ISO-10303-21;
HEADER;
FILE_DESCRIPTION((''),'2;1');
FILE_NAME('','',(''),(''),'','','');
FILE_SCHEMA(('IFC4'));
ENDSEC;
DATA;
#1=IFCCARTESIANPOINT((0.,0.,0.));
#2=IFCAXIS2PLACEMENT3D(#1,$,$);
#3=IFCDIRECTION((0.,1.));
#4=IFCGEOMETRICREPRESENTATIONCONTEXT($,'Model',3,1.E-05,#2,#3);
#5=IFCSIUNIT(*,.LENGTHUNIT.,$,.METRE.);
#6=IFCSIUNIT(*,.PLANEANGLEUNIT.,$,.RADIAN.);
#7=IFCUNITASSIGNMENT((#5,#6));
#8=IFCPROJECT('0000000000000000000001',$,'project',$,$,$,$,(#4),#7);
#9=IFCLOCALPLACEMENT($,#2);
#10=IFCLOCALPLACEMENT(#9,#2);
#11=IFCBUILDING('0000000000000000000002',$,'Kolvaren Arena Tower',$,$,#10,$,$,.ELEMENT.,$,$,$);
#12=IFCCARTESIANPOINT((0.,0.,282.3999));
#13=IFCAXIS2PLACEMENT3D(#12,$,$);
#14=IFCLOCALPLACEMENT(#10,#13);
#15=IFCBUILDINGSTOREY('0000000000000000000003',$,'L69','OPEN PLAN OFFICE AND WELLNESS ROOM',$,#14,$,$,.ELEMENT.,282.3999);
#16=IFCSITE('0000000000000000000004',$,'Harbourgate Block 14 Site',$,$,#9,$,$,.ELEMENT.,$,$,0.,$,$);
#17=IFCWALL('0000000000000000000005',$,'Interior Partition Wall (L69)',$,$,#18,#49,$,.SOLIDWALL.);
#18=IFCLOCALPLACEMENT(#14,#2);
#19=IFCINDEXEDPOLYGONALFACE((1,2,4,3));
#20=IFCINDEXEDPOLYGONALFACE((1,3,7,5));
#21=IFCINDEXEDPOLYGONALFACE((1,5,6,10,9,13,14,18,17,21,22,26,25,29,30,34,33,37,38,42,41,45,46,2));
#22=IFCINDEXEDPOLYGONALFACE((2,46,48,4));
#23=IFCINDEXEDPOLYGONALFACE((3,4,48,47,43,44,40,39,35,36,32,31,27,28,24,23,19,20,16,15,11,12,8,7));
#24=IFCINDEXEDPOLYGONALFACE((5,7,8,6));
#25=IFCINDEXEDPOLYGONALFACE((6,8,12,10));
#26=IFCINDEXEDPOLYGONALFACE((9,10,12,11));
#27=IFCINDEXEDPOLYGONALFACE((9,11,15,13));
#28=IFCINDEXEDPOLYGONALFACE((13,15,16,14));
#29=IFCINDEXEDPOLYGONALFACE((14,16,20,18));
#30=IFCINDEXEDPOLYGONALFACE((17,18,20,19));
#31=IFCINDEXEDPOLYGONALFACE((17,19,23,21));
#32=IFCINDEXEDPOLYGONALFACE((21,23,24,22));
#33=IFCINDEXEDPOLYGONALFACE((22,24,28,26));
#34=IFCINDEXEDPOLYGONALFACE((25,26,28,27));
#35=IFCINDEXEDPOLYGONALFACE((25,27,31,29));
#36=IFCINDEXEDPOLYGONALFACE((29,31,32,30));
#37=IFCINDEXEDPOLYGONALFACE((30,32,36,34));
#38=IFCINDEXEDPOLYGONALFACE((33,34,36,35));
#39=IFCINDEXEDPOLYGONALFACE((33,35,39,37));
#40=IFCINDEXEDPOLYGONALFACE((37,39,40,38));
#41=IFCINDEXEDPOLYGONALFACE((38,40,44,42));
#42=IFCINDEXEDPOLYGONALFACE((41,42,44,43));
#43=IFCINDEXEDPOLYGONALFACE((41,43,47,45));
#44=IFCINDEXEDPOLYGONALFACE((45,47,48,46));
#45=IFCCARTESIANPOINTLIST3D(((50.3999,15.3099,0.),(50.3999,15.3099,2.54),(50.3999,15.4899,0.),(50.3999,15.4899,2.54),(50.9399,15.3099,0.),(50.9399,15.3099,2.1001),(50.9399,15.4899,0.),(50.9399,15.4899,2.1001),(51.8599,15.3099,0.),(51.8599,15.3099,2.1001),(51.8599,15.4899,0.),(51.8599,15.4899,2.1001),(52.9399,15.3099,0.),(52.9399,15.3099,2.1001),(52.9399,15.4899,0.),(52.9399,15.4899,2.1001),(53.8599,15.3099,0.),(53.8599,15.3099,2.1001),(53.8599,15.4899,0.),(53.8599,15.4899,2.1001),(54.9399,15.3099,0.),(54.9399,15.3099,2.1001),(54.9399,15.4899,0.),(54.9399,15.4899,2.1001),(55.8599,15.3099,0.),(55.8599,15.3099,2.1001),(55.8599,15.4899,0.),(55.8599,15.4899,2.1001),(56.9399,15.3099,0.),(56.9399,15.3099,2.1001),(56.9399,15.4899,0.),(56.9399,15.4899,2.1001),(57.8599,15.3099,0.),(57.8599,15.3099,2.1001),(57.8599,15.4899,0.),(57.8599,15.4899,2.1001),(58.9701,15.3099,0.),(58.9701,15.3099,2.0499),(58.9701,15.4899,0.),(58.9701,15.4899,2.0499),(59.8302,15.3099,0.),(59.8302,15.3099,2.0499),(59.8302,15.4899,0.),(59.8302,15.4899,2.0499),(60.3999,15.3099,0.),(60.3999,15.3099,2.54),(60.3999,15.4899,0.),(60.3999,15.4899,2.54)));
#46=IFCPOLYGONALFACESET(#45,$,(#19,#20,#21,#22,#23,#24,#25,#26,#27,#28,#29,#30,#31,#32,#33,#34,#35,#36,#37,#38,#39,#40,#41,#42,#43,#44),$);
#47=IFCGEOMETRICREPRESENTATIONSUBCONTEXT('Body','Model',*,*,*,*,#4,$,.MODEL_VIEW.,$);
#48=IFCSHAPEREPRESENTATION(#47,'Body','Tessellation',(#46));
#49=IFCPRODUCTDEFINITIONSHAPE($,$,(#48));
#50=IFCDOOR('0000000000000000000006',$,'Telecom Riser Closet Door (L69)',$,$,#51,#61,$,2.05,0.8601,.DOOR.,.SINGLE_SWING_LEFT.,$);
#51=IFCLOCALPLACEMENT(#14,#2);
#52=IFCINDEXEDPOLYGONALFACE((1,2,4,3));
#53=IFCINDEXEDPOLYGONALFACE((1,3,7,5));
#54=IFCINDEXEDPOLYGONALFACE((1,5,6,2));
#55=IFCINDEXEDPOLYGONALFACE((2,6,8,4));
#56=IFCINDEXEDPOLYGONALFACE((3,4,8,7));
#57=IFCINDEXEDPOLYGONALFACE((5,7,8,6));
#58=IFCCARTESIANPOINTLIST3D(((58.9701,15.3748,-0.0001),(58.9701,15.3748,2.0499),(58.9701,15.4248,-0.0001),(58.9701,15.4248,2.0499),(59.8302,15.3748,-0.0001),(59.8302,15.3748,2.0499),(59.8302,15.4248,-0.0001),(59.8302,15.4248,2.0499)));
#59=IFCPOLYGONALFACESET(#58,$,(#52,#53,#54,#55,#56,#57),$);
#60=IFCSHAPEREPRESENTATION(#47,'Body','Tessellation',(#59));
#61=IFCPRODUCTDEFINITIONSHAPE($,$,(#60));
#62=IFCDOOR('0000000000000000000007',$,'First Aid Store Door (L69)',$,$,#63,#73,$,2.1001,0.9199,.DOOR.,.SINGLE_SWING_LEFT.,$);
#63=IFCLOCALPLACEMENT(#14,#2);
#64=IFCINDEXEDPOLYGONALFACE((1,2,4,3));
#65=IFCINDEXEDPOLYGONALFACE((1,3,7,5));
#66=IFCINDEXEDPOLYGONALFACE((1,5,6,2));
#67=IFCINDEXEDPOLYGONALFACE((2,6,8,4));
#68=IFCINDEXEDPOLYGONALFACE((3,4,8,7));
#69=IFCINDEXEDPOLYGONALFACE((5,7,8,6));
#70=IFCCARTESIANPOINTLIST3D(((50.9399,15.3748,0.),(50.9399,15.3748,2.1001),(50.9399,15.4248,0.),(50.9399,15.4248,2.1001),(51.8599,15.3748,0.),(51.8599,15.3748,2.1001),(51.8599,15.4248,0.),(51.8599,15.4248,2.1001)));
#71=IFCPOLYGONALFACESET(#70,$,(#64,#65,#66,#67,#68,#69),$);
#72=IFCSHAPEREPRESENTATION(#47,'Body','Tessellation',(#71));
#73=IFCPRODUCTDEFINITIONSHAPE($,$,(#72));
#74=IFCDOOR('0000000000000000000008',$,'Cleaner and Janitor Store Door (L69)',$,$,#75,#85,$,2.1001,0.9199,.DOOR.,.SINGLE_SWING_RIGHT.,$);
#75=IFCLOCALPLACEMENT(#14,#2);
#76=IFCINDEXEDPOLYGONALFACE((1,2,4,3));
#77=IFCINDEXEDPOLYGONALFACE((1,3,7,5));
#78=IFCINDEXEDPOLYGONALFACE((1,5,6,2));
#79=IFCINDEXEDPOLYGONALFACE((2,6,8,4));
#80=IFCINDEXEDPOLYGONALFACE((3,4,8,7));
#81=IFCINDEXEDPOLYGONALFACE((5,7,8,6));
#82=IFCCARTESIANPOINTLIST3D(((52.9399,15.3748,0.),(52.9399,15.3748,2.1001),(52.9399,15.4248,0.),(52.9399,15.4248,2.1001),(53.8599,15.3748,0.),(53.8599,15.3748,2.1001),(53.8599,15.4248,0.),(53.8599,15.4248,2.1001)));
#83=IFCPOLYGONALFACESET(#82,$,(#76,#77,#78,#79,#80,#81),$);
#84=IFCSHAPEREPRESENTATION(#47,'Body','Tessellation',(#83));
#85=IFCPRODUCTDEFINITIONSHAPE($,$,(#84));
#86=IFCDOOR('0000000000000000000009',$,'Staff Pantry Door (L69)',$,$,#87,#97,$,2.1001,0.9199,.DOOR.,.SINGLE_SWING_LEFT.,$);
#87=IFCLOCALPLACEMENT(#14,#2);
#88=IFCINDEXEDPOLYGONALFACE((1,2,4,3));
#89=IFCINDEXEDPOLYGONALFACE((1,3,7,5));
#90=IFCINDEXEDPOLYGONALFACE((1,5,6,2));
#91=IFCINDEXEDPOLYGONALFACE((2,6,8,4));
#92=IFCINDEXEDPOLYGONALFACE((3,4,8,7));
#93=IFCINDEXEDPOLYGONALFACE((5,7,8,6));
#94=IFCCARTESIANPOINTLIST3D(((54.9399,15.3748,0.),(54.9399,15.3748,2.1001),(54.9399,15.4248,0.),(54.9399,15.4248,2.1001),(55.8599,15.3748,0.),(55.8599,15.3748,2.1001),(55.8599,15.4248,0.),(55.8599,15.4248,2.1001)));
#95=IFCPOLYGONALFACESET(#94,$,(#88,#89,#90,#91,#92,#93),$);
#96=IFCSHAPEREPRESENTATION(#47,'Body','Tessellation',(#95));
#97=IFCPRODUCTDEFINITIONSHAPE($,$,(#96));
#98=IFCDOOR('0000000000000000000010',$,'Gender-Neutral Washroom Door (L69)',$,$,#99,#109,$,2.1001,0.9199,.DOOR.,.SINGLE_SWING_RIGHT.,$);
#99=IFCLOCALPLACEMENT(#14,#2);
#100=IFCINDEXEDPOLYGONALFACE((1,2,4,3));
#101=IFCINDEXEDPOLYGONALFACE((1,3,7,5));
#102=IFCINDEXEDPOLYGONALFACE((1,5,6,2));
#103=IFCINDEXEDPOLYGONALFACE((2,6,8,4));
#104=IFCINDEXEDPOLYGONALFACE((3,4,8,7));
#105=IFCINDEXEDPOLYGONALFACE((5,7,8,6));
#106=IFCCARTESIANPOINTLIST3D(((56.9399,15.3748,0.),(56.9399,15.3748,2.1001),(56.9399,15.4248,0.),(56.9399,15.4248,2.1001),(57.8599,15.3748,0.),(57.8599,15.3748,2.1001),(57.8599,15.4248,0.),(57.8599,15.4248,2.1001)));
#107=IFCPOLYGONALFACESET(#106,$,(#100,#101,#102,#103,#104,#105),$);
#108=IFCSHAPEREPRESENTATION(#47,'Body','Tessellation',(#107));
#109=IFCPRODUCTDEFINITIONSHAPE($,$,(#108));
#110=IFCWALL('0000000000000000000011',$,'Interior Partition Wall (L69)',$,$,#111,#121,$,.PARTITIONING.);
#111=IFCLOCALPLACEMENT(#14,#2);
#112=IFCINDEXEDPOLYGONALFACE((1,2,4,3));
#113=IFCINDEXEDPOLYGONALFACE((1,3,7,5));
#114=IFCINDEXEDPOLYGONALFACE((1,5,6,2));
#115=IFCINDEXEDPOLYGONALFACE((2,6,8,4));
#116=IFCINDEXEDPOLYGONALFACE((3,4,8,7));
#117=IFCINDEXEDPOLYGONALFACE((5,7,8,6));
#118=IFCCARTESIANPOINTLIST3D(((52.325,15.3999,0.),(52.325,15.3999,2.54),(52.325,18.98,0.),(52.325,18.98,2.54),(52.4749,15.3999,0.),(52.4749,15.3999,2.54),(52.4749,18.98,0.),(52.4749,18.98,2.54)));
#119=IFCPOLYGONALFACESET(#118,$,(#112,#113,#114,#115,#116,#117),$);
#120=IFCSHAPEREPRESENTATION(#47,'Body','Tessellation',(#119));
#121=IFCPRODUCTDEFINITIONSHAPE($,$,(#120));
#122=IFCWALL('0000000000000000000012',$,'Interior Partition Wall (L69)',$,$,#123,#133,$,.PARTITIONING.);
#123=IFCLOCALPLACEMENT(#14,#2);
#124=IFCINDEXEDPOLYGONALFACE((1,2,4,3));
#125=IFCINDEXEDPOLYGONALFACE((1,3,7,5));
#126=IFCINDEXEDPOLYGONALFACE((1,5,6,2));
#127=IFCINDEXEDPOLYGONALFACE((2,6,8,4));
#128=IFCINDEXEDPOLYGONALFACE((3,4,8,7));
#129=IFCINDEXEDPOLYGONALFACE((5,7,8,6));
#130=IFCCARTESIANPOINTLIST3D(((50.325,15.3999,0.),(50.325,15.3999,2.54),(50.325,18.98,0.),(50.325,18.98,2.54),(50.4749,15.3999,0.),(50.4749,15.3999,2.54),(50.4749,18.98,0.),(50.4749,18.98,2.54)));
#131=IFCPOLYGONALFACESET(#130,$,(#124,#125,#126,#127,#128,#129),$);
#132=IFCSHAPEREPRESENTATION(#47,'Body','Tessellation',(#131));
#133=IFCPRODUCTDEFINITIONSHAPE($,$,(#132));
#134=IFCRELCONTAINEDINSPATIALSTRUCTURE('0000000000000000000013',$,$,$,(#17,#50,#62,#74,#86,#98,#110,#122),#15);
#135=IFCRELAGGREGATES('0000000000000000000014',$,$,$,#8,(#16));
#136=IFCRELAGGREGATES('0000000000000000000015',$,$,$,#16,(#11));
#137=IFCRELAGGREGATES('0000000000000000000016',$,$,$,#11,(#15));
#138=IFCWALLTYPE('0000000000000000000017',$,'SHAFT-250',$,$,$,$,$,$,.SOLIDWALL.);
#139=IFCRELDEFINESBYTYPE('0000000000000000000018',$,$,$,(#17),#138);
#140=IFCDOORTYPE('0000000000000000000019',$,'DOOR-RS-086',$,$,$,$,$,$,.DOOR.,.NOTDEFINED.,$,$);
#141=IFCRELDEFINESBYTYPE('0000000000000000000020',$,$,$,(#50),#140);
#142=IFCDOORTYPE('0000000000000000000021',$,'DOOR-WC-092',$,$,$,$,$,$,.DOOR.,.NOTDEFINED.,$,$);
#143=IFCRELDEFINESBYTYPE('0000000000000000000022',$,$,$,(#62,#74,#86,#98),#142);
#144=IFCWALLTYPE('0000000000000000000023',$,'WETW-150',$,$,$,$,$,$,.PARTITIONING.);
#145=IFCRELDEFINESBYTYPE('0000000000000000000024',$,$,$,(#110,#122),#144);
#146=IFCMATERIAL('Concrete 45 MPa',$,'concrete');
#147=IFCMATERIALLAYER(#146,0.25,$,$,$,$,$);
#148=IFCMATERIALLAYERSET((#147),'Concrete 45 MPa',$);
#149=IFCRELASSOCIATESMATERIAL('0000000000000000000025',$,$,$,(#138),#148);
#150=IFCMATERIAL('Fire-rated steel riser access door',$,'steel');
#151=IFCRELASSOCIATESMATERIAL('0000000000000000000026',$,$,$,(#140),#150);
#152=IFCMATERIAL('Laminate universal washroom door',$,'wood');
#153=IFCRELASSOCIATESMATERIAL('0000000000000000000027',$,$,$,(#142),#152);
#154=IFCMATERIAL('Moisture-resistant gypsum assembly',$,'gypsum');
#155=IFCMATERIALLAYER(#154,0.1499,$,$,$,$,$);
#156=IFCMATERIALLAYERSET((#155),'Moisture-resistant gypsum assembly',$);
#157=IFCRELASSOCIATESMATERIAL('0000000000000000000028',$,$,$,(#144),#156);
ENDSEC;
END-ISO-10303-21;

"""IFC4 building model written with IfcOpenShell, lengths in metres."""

from ifc_helpers import new_model, si_unit, direction, frame, frame_2d, origin, place, context, subcontext, project, spatial, rectangle, extrude, material, layer, layer_set, type_object, element, fill, save


model = new_model("IFC4")

# Units and contexts
model_context = context("Model", 3, precision=1e-05, world=origin(), true_north=direction((0.0, 1.0)))
body_context = subcontext(model_context, "Body", "Model", "MODEL_VIEW")
ifc_project = project(units=[si_unit("LENGTHUNIT", "METRE"), si_unit("PLANEANGLEUNIT", "RADIAN")], contexts=[model_context])

# Site, building, storey
site_placement = place(None, origin())
site = spatial("IfcSite", under=ifc_project, at=site_placement, Name="Harbourgate Block 14 Site", CompositionType="ELEMENT", RefElevation=0.0)
building_placement = place(site_placement, origin())
building = spatial("IfcBuilding", under=site, at=building_placement, Name="Kolvaren Arena Tower", CompositionType="ELEMENT")
storey_placement = place(building_placement, frame((0.0, 0.0, 282.3999)))
storey = spatial("IfcBuildingStorey", under=building, at=storey_placement, Name="L69", Description="OPEN PLAN OFFICE AND WELLNESS ROOM", CompositionType="ELEMENT", Elevation=282.3999)

# Wall, openings, doors
ifc_material_1 = material(Name="Concrete 45 MPa", Category="concrete")
ifc_layer_1 = layer(ifc_material_1, 0.25)
ifc_layer_set_1 = layer_set([ifc_layer_1], Name="Concrete 45 MPa")
wall_type_1 = type_object("IfcWallType", Name="SHAFT-250", PredefinedType="SOLIDWALL", material=ifc_layer_set_1)
wall_1_placement = place(storey_placement, frame((50.3999, 15.3999, 0.0), z_axis=(0.0, 0.0, 1.0), x_axis=(1.0, 0.0, 0.0)))
wall_1 = element("IfcWall", 1, at=wall_1_placement, inside=storey, type_object=wall_type_1, Name="Interior Partition Wall (L69)", PredefinedType="SOLIDWALL", context=body_context, shape_type="SweptSolid", body=[
    extrude(rectangle(XDim=10.0, YDim=0.1799, at=frame_2d((5.0, 0.0))), origin(), (0.0, 0.0, 1.0), 2.54),
])
opening_1_placement = place(wall_1_placement, frame((0.54, 0.0, 0.0)))
opening_1 = element("IfcOpeningElement", 2, at=opening_1_placement, cuts=wall_1, PredefinedType="OPENING", context=body_context, shape_type="SweptSolid", body=[
    extrude(rectangle(XDim=0.9199, YDim=2.1001, at=frame_2d((0.46, 1.05))), frame((0.0, 0.0999, 0.0), z_axis=(0.0, -1.0, 0.0), x_axis=(1.0, 0.0, 0.0)), (0.0, 0.0, 1.0), 0.2),
])
opening_2_placement = place(wall_1_placement, frame((2.54, 0.0, 0.0)))
opening_2 = element("IfcOpeningElement", 3, at=opening_2_placement, cuts=wall_1, PredefinedType="OPENING", context=body_context, shape_type="SweptSolid", body=[
    extrude(rectangle(XDim=0.9199, YDim=2.1001, at=frame_2d((0.46, 1.05))), frame((0.0, 0.0999, 0.0), z_axis=(0.0, -1.0, 0.0), x_axis=(1.0, 0.0, 0.0)), (0.0, 0.0, 1.0), 0.2),
])
opening_3_placement = place(wall_1_placement, frame((4.54, 0.0, 0.0)))
opening_3 = element("IfcOpeningElement", 4, at=opening_3_placement, cuts=wall_1, PredefinedType="OPENING", context=body_context, shape_type="SweptSolid", body=[
    extrude(rectangle(XDim=0.9199, YDim=2.1001, at=frame_2d((0.46, 1.05))), frame((0.0, 0.0999, 0.0), z_axis=(0.0, -1.0, 0.0), x_axis=(1.0, 0.0, 0.0)), (0.0, 0.0, 1.0), 0.2),
])
opening_4_placement = place(wall_1_placement, frame((6.54, 0.0, 0.0)))
opening_4 = element("IfcOpeningElement", 5, at=opening_4_placement, cuts=wall_1, PredefinedType="OPENING", context=body_context, shape_type="SweptSolid", body=[
    extrude(rectangle(XDim=0.9199, YDim=2.1001, at=frame_2d((0.46, 1.05))), frame((0.0, 0.0999, 0.0), z_axis=(0.0, -1.0, 0.0), x_axis=(1.0, 0.0, 0.0)), (0.0, 0.0, 1.0), 0.2),
])
opening_5_placement = place(wall_1_placement, frame((8.5701, 0.0, 0.0)))
opening_5 = element("IfcOpeningElement", 6, at=opening_5_placement, cuts=wall_1, PredefinedType="OPENING", context=body_context, shape_type="SweptSolid", body=[
    extrude(rectangle(XDim=0.8601, YDim=2.05, at=frame_2d((0.4302, 1.0249))), frame((0.0, 0.0999, 0.0), z_axis=(0.0, -1.0, 0.0), x_axis=(1.0, 0.0, 0.0)), (0.0, 0.0, 1.0), 0.2),
])
ifc_material_2 = material(Name="Fire-rated steel riser access door", Category="steel")
door_type_1 = type_object("IfcDoorType", Name="DOOR-RS-086", OperationType="NOTDEFINED", PredefinedType="DOOR", material=ifc_material_2)
door_1_placement = place(opening_5_placement, origin())
door_1 = element("IfcDoor", 7, at=door_1_placement, inside=storey, type_object=door_type_1, Name="Telecom Riser Closet Door (L69)", OperationType="SINGLE_SWING_LEFT", OverallHeight=2.05, OverallWidth=0.8601, PredefinedType="DOOR", context=body_context, shape_type="SweptSolid", body=[
    extrude(rectangle(XDim=0.8601, YDim=2.05, at=frame_2d((0.4302, 1.0249))), frame((0.0, 0.0249, 0.0), z_axis=(0.0, -1.0, 0.0), x_axis=(1.0, 0.0, 0.0)), (0.0, 0.0, 1.0), 0.05),
])
fill(opening_5, door_1)
ifc_material_3 = material(Name="Laminate universal washroom door", Category="wood")
door_type_2 = type_object("IfcDoorType", Name="DOOR-WC-092", OperationType="NOTDEFINED", PredefinedType="DOOR", material=ifc_material_3)
door_2_placement = place(opening_1_placement, origin())
door_2 = element("IfcDoor", 8, at=door_2_placement, inside=storey, type_object=door_type_2, Name="First Aid Store Door (L69)", OperationType="SINGLE_SWING_LEFT", OverallHeight=2.1001, OverallWidth=0.9199, PredefinedType="DOOR", context=body_context, shape_type="SweptSolid", body=[
    extrude(rectangle(XDim=0.9199, YDim=2.1001, at=frame_2d((0.46, 1.05))), frame((0.0, 0.0249, 0.0), z_axis=(0.0, -1.0, 0.0), x_axis=(1.0, 0.0, 0.0)), (0.0, 0.0, 1.0), 0.05),
])
fill(opening_1, door_2)
door_3_placement = place(opening_2_placement, origin())
door_3 = element("IfcDoor", 9, at=door_3_placement, inside=storey, type_object=door_type_2, Name="Cleaner and Janitor Store Door (L69)", OperationType="SINGLE_SWING_RIGHT", OverallHeight=2.1001, OverallWidth=0.9199, PredefinedType="DOOR", context=body_context, shape_type="SweptSolid", body=[
    extrude(rectangle(XDim=0.9199, YDim=2.1001, at=frame_2d((0.46, 1.05))), frame((0.0, 0.0249, 0.0), z_axis=(0.0, -1.0, 0.0), x_axis=(1.0, 0.0, 0.0)), (0.0, 0.0, 1.0), 0.05),
])
fill(opening_2, door_3)
door_4_placement = place(opening_3_placement, origin())
door_4 = element("IfcDoor", 10, at=door_4_placement, inside=storey, type_object=door_type_2, Name="Staff Pantry Door (L69)", OperationType="SINGLE_SWING_LEFT", OverallHeight=2.1001, OverallWidth=0.9199, PredefinedType="DOOR", context=body_context, shape_type="SweptSolid", body=[
    extrude(rectangle(XDim=0.9199, YDim=2.1001, at=frame_2d((0.46, 1.05))), frame((0.0, 0.0249, 0.0), z_axis=(0.0, -1.0, 0.0), x_axis=(1.0, 0.0, 0.0)), (0.0, 0.0, 1.0), 0.05),
])
fill(opening_3, door_4)
door_5_placement = place(opening_4_placement, origin())
door_5 = element("IfcDoor", 11, at=door_5_placement, inside=storey, type_object=door_type_2, Name="Gender-Neutral Washroom Door (L69)", OperationType="SINGLE_SWING_RIGHT", OverallHeight=2.1001, OverallWidth=0.9199, PredefinedType="DOOR", context=body_context, shape_type="SweptSolid", body=[
    extrude(rectangle(XDim=0.9199, YDim=2.1001, at=frame_2d((0.46, 1.05))), frame((0.0, 0.0249, 0.0), z_axis=(0.0, -1.0, 0.0), x_axis=(1.0, 0.0, 0.0)), (0.0, 0.0, 1.0), 0.05),
])
fill(opening_4, door_5)

# Walls
ifc_material_4 = material(Name="Moisture-resistant gypsum assembly", Category="gypsum")
ifc_layer_2 = layer(ifc_material_4, 0.1499)
ifc_layer_set_2 = layer_set([ifc_layer_2], Name="Moisture-resistant gypsum assembly")
wall_type_2 = type_object("IfcWallType", Name="WETW-150", PredefinedType="PARTITIONING", material=ifc_layer_set_2)
for number, where, z_axis, x_axis, name in (
    (12, (52.3999, 15.3999, 0.0), (0.0, 0.0, 1.0), (0.0, 1.0, 0.0), "Interior Partition Wall (L69)"),
    (13, (50.3999, 15.3999, 0.0), (0.0, 0.0, 1.0), (0.0, 1.0, 0.0), "Interior Partition Wall (L69)"),
):
    element("IfcWall", number, at=place(storey_placement, frame(where, z_axis=z_axis, x_axis=x_axis)), inside=storey, type_object=wall_type_2, Name=name, PredefinedType="PARTITIONING", context=body_context, shape_type="SweptSolid", body=[
        extrude(rectangle(XDim=3.5801, YDim=0.1499, at=frame_2d((1.79, 0.0))), origin(), (0.0, 0.0, 1.0), 2.54),
    ])

save(model, "model.ifc")
